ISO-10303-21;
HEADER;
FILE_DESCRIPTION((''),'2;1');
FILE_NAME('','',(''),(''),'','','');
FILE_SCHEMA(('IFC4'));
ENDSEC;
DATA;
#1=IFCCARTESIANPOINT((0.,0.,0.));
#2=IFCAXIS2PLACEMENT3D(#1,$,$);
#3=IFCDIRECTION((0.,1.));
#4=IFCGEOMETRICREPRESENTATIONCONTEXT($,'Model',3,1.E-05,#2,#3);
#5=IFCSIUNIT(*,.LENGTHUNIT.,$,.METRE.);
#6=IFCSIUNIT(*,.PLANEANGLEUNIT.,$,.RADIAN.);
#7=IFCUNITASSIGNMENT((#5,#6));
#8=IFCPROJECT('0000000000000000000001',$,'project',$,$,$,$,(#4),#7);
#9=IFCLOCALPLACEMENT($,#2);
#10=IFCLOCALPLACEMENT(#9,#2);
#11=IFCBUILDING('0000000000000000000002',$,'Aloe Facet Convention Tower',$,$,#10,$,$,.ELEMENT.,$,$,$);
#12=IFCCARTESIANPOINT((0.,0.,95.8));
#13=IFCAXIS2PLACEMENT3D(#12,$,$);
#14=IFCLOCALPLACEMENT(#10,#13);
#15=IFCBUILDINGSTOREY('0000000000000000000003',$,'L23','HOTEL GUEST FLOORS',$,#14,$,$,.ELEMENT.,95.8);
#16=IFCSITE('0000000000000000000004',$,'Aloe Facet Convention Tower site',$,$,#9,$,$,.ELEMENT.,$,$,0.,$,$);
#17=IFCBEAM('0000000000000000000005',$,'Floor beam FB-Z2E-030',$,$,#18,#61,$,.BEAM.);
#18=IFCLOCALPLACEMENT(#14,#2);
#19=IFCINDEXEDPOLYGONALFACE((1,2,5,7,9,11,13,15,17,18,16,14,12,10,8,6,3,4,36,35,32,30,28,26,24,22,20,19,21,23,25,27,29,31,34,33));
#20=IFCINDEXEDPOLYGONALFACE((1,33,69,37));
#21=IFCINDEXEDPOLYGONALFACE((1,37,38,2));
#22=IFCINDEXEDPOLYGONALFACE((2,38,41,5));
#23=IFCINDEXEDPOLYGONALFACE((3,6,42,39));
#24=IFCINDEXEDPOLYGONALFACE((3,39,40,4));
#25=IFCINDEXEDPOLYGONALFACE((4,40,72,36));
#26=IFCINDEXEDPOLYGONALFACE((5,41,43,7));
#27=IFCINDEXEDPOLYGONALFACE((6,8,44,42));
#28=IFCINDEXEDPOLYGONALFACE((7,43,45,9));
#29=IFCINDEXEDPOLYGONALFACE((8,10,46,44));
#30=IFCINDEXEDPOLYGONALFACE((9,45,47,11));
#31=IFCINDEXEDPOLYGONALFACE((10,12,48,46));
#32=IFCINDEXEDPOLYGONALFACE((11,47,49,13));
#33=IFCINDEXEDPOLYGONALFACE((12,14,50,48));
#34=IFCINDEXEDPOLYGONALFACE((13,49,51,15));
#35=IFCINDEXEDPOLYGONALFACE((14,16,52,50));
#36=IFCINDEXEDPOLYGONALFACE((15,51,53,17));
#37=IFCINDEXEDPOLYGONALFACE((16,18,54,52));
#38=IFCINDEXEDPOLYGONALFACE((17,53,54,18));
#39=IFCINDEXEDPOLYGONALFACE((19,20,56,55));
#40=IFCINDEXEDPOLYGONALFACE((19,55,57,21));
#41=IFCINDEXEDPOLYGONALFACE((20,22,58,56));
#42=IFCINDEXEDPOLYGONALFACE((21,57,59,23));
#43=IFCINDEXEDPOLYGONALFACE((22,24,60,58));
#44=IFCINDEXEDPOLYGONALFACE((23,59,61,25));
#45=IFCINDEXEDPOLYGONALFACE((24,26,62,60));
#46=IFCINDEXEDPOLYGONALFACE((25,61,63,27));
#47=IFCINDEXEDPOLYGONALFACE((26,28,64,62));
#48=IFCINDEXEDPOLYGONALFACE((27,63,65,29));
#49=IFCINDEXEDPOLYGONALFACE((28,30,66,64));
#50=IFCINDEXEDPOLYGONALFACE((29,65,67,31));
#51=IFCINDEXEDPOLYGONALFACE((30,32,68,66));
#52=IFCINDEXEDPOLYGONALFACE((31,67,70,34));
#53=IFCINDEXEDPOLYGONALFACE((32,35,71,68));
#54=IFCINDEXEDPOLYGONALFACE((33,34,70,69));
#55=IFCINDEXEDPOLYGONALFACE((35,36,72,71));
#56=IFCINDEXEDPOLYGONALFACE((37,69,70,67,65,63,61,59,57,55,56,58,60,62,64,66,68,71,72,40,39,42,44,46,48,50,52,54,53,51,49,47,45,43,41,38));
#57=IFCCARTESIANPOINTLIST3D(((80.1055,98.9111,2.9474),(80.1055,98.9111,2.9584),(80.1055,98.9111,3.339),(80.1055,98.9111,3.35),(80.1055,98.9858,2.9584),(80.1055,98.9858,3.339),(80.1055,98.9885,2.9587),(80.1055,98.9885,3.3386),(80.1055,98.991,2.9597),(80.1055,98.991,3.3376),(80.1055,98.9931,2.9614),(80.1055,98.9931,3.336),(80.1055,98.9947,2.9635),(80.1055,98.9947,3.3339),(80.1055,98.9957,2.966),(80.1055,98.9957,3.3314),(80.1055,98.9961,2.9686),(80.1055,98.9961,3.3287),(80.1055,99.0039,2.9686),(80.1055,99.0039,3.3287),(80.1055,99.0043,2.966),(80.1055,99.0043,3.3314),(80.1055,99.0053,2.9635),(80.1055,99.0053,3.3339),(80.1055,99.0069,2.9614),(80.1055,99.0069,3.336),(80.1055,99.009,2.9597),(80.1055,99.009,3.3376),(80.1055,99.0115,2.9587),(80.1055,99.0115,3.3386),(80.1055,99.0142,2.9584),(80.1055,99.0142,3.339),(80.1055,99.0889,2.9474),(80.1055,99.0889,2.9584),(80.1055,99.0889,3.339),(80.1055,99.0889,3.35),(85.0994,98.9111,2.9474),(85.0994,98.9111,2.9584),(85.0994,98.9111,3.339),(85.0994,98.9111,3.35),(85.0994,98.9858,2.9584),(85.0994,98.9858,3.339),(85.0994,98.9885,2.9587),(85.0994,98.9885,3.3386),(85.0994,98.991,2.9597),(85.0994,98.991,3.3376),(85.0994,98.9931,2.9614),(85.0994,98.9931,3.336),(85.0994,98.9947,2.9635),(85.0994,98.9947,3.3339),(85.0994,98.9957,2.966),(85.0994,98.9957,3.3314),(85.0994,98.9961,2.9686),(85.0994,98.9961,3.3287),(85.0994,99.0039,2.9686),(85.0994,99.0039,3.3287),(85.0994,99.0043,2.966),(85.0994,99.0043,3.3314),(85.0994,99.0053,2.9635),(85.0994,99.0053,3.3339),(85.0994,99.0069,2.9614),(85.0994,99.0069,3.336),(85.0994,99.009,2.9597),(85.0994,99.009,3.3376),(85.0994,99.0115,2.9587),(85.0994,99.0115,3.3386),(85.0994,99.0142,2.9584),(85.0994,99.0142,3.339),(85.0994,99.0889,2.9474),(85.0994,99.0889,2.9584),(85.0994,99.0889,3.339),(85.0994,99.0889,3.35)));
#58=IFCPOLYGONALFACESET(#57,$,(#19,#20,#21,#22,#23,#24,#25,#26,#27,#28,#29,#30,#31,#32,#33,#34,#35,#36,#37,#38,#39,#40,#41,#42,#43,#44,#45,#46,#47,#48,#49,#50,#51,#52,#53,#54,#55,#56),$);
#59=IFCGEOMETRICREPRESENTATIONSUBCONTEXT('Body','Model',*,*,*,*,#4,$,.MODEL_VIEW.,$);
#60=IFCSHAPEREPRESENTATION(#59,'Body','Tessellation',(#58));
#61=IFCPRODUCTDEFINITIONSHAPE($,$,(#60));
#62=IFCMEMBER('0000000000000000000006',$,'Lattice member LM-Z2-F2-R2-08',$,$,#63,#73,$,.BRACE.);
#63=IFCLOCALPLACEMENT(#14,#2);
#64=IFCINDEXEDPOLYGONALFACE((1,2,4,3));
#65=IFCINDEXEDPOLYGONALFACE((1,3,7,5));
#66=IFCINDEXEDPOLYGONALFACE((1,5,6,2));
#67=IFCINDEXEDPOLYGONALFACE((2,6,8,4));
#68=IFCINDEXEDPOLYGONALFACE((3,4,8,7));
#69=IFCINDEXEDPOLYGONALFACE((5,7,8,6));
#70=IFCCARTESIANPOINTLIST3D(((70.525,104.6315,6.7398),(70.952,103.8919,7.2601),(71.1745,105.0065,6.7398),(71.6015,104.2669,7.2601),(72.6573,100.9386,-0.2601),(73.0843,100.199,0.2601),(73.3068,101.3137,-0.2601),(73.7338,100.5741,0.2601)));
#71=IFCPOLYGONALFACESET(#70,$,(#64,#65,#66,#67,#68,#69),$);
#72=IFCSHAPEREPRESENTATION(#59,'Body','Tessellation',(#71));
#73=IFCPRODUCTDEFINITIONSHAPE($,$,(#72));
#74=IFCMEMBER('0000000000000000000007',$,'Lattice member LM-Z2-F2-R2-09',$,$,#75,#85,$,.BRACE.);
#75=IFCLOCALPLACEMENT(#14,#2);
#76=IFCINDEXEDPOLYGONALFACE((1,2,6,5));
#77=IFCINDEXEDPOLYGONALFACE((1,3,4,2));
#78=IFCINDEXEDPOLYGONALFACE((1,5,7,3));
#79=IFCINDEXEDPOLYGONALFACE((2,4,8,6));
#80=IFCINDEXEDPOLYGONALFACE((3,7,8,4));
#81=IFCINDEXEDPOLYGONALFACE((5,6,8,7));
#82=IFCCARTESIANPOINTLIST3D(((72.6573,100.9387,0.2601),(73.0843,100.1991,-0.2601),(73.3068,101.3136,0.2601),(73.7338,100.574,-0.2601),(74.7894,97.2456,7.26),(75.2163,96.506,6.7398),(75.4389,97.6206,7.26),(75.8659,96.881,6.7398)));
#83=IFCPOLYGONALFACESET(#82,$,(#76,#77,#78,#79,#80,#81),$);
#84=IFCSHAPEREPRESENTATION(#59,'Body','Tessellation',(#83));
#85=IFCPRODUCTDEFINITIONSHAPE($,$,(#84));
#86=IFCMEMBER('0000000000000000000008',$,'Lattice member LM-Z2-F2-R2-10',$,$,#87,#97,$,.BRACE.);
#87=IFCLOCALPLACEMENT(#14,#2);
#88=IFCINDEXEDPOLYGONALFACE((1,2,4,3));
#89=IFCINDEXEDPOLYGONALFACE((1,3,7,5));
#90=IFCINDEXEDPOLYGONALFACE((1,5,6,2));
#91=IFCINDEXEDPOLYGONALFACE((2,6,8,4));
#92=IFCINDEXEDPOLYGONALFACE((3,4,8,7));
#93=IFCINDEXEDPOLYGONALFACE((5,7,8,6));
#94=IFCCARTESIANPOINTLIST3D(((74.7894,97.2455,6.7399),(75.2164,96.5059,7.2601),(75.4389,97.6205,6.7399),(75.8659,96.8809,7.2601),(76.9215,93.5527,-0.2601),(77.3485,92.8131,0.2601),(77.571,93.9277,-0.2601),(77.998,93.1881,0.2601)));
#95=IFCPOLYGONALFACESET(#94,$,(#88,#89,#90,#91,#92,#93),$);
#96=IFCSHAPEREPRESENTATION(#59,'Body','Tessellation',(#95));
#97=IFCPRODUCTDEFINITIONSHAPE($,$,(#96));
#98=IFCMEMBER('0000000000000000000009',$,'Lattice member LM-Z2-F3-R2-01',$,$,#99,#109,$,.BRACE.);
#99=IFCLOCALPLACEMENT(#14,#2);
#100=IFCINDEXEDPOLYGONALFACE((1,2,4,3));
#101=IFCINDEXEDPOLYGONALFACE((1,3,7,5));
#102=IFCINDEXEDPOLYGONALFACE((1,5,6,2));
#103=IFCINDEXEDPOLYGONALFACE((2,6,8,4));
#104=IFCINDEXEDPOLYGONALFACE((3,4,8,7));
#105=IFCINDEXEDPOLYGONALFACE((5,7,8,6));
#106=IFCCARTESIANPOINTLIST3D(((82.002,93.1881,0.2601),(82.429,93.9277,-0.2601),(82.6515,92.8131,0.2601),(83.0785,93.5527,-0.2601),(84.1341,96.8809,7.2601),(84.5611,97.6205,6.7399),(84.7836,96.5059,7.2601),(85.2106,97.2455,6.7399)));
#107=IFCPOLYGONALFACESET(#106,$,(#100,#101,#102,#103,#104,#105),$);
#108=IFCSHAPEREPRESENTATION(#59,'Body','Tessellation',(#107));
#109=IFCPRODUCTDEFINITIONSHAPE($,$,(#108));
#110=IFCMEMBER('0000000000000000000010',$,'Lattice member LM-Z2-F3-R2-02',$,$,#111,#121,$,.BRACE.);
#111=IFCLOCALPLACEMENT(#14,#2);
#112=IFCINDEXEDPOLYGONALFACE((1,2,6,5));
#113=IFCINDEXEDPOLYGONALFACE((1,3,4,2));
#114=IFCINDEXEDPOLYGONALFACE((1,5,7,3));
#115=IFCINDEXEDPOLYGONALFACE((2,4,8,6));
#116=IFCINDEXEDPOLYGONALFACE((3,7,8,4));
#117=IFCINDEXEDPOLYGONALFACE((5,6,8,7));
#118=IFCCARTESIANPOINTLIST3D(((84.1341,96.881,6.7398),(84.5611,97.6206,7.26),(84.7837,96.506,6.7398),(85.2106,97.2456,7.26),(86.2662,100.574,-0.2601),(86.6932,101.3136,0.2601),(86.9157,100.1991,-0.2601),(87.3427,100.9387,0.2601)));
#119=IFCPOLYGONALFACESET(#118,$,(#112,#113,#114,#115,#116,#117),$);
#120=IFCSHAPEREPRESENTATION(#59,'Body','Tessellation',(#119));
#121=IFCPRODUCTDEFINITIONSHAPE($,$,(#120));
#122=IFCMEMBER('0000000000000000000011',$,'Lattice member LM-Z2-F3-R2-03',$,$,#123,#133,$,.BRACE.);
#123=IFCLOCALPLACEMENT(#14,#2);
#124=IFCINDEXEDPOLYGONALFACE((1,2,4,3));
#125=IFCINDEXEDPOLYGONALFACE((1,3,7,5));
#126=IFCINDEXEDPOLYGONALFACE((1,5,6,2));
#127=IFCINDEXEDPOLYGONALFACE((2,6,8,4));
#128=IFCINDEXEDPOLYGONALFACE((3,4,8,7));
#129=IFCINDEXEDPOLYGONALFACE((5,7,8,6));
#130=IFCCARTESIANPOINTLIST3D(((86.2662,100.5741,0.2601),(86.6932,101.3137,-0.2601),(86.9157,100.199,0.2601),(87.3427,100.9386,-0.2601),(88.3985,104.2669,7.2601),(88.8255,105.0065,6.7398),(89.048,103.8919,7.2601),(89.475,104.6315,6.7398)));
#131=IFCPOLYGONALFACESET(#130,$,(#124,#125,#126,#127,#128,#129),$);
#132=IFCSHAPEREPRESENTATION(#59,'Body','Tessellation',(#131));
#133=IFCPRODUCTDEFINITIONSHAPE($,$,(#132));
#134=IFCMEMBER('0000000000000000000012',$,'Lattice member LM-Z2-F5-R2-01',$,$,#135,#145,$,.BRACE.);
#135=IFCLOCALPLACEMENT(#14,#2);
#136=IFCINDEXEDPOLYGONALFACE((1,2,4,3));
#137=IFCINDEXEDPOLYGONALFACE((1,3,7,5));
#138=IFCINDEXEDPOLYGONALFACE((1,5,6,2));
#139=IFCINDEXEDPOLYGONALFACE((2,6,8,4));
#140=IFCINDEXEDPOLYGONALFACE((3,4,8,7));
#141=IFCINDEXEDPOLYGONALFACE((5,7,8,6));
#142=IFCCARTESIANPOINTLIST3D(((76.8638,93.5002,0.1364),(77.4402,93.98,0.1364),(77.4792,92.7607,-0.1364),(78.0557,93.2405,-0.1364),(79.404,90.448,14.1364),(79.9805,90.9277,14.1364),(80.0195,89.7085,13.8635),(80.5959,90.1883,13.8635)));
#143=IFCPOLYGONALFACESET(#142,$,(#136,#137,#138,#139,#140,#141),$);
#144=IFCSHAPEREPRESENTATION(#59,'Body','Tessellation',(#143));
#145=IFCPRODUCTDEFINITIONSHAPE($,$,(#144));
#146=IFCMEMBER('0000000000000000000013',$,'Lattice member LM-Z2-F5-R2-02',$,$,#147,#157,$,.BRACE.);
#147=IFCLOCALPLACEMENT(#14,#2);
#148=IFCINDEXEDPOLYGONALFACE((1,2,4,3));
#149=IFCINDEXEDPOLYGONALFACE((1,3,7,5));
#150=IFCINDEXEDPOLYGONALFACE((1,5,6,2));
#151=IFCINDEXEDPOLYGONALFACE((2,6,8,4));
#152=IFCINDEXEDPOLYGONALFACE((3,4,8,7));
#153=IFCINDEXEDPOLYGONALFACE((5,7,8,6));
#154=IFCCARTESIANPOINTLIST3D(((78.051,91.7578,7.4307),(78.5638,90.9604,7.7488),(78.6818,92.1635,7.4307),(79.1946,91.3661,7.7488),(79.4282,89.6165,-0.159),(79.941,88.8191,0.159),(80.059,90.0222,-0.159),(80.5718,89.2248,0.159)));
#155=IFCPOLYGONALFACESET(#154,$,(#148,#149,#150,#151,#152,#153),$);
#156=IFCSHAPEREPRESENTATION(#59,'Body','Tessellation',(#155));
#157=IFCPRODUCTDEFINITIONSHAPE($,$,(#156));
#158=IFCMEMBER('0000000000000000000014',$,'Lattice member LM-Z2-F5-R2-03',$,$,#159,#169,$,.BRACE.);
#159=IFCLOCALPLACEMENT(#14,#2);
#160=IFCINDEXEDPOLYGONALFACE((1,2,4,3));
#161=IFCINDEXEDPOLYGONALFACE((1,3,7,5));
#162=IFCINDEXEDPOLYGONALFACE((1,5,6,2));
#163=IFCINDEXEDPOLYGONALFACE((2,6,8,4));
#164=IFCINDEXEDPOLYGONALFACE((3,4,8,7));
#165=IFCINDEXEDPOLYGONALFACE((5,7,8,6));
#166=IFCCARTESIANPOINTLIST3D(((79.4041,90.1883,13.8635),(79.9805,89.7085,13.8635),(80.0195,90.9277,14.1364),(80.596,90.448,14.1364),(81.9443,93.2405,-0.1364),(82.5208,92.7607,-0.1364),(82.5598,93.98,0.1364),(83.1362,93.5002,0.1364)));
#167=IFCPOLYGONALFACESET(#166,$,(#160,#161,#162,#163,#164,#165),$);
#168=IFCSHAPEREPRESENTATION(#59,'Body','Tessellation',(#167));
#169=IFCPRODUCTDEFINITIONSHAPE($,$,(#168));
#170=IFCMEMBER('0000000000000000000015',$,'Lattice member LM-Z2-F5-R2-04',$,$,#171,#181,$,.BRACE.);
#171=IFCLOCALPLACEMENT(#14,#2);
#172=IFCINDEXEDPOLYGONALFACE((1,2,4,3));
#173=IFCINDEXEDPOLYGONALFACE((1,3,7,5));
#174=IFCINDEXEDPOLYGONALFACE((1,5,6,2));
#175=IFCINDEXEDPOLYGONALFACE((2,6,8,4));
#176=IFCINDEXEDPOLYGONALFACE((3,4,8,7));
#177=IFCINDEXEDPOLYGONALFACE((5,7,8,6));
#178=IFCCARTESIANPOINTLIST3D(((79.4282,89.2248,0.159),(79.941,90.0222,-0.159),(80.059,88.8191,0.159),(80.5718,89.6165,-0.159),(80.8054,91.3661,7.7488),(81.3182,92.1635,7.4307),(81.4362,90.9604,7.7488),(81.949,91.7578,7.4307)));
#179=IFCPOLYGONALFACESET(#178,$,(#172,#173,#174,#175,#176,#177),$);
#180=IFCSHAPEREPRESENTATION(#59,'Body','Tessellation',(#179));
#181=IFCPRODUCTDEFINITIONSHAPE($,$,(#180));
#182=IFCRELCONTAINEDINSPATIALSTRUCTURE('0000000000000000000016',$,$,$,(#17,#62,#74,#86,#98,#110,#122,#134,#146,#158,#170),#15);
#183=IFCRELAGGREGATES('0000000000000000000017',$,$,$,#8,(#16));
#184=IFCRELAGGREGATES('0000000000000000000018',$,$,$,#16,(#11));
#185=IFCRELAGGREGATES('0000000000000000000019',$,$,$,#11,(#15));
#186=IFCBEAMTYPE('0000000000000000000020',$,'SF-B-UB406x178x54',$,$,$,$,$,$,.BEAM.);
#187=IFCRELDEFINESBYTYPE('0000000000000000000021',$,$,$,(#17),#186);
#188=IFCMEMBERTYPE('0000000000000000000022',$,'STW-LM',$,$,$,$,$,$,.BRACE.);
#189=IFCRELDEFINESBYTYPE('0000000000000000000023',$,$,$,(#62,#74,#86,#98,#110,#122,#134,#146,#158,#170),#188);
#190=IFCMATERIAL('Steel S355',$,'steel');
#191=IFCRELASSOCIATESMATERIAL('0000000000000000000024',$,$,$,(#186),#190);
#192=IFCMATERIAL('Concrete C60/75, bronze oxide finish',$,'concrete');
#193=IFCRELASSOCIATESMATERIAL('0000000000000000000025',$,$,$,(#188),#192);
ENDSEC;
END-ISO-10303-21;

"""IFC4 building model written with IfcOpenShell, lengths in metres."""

from ifc_helpers import new_model, si_unit, direction, frame, origin, origin_2d, place, context, subcontext, project, spatial, rectangle, i_section, extrude, material, material_profile, profile_set, type_object, element, save


model = new_model("IFC4")

# Units and contexts
model_context = context("Model", 3, precision=1e-05, world=origin(), true_north=direction((0.0, 1.0)))
body_context = subcontext(model_context, "Body", "Model", "MODEL_VIEW")
ifc_project = project(units=[si_unit("LENGTHUNIT", "METRE"), si_unit("PLANEANGLEUNIT", "RADIAN")], contexts=[model_context])

# Site, building, storey
site_placement = place(None, origin())
site = spatial("IfcSite", under=ifc_project, at=site_placement, Name="Aloe Facet Convention Tower site", CompositionType="ELEMENT", RefElevation=0.0)
building_placement = place(site_placement, origin())
building = spatial("IfcBuilding", under=site, at=building_placement, Name="Aloe Facet Convention Tower", CompositionType="ELEMENT")
storey_placement = place(building_placement, frame((0.0, 0.0, 95.8)))
storey = spatial("IfcBuildingStorey", under=building, at=storey_placement, Name="L23", Description="HOTEL GUEST FLOORS", CompositionType="ELEMENT", Elevation=95.8)

# Beam
ifc_material_1 = material(Name="Steel S355", Category="steel")
ifc_material_profile_1 = material_profile(ifc_material_1, i_section(OverallWidth=0.1777, OverallDepth=0.4026, WebThickness=0.0078, FlangeThickness=0.011, FilletRadius=0.0103, at=origin_2d()), Name="UB 406x178x54")
ifc_profile_set_1 = profile_set([ifc_material_profile_1], Name="Steel S355")
beam_type = type_object("IfcBeamType", Name="SF-B-UB406x178x54", PredefinedType="BEAM", material=ifc_profile_set_1)
beam_1_placement = place(storey_placement, frame((80.1055, 99.0, 3.1487), z_axis=(1.0, 0.0, 0.0), x_axis=(0.0, 1.0, 0.0)))
element("IfcBeam", 1, at=beam_1_placement, inside=storey, type_object=beam_type, Name="Floor beam FB-Z2E-030", PredefinedType="BEAM", context=body_context, shape_type="SweptSolid", body=[
    extrude(i_section(OverallWidth=0.1777, OverallDepth=0.4026, WebThickness=0.0078, FlangeThickness=0.011, FilletRadius=0.0103, at=origin_2d()), origin(), (0.0, 0.0, 1.0), 4.9939),
])

# Members
ifc_material_2 = material(Name="Concrete C60/75, bronze oxide finish", Category="concrete")
ifc_material_profile_2 = material_profile(ifc_material_2, rectangle(XDim=0.75, YDim=1.0, at=origin_2d()), Name="STW-LM")
ifc_profile_set_2 = profile_set([ifc_material_profile_2], Name="Concrete C60/75, bronze oxide finish")
member_type = type_object("IfcMemberType", Name="STW-LM", PredefinedType="BRACE", material=ifc_profile_set_2)
for number, where, z_axis, x_axis, name in (
    (2, (73.1956, 100.7563, 0.0), (-0.260148, 0.450537, 0.854014), (-0.866001, -0.500043, 0.0), "Lattice member LM-Z2-F2-R2-08"),
    (3, (73.1956, 100.7563, 0.0), (0.260116, -0.450565, 0.854009), (0.86604, 0.499975, 0.0), "Lattice member LM-Z2-F2-R2-09"),
    (4, (77.4597, 93.3704, 0.0), (-0.26012, 0.450541, 0.85402), (-0.866025, -0.5, 0.0), "Lattice member LM-Z2-F2-R2-10"),
    (5, (82.5403, 93.3704, 0.0), (0.26012, 0.450541, 0.85402), (-0.866025, 0.5, 0.0), "Lattice member LM-Z2-F3-R2-01"),
    (6, (86.8044, 100.7563, 0.0), (-0.260116, -0.450565, 0.854009), (0.86604, -0.499975, 0.0), "Lattice member LM-Z2-F3-R2-02"),
    (7, (86.8044, 100.7563, 0.0), (0.260148, 0.450537, 0.854014), (-0.866001, 0.500043, 0.0), "Lattice member LM-Z2-F3-R2-03"),
):
    element("IfcMember", number, at=place(storey_placement, frame(where, z_axis=z_axis, x_axis=x_axis)), inside=storey, type_object=member_type, Name=name, PredefinedType="BRACE", context=body_context, shape_type="SweptSolid", body=[
        extrude(rectangle(XDim=0.75, YDim=1.0, at=origin_2d()), origin(), (0.0, 0.0, 1.0), 8.1965),
    ])
member_1_placement = place(storey_placement, frame((77.4597, 93.3704, 0.0), z_axis=(0.174562, -0.209743, 0.962048), x_axis=(0.768624, 0.6397, 0.0)))
element("IfcMember", 8, at=member_1_placement, inside=storey, type_object=member_type, Name="Lattice member LM-Z2-F5-R2-01", PredefinedType="BRACE", context=body_context, shape_type="SweptSolid", body=[
    extrude(rectangle(XDim=0.75, YDim=1.0, at=origin_2d()), origin(), (0.0, 0.0, 1.0), 14.5522),
])
member_2_placement = place(storey_placement, frame((80.0, 89.4207, 0.0), z_axis=(-0.172032, 0.267486, 0.94808), x_axis=(-0.841069, -0.540927, 0.0)))
element("IfcMember", 9, at=member_2_placement, inside=storey, type_object=member_type, Name="Lattice member LM-Z2-F5-R2-02", PredefinedType="BRACE", context=body_context, shape_type="SweptSolid", body=[
    extrude(rectangle(XDim=0.75, YDim=1.0, at=origin_2d()), origin(), (0.0, 0.0, 1.0), 8.0054),
])
member_3_placement = place(storey_placement, frame((82.5403, 93.3704, 0.0), z_axis=(-0.174562, -0.209743, 0.962048), x_axis=(0.768624, -0.6397, 0.0)))
element("IfcMember", 10, at=member_3_placement, inside=storey, type_object=member_type, Name="Lattice member LM-Z2-F5-R2-03", PredefinedType="BRACE", context=body_context, shape_type="SweptSolid", body=[
    extrude(rectangle(XDim=0.75, YDim=1.0, at=origin_2d()), origin(), (0.0, 0.0, 1.0), 14.5522),
])
member_4_placement = place(storey_placement, frame((80.0, 89.4207, 0.0), z_axis=(0.172032, 0.267486, 0.94808), x_axis=(-0.841069, 0.540927, 0.0)))
element("IfcMember", 11, at=member_4_placement, inside=storey, type_object=member_type, Name="Lattice member LM-Z2-F5-R2-04", PredefinedType="BRACE", context=body_context, shape_type="SweptSolid", body=[
    extrude(rectangle(XDim=0.75, YDim=1.0, at=origin_2d()), origin(), (0.0, 0.0, 1.0), 8.0054),
])

save(model, "model.ifc")
